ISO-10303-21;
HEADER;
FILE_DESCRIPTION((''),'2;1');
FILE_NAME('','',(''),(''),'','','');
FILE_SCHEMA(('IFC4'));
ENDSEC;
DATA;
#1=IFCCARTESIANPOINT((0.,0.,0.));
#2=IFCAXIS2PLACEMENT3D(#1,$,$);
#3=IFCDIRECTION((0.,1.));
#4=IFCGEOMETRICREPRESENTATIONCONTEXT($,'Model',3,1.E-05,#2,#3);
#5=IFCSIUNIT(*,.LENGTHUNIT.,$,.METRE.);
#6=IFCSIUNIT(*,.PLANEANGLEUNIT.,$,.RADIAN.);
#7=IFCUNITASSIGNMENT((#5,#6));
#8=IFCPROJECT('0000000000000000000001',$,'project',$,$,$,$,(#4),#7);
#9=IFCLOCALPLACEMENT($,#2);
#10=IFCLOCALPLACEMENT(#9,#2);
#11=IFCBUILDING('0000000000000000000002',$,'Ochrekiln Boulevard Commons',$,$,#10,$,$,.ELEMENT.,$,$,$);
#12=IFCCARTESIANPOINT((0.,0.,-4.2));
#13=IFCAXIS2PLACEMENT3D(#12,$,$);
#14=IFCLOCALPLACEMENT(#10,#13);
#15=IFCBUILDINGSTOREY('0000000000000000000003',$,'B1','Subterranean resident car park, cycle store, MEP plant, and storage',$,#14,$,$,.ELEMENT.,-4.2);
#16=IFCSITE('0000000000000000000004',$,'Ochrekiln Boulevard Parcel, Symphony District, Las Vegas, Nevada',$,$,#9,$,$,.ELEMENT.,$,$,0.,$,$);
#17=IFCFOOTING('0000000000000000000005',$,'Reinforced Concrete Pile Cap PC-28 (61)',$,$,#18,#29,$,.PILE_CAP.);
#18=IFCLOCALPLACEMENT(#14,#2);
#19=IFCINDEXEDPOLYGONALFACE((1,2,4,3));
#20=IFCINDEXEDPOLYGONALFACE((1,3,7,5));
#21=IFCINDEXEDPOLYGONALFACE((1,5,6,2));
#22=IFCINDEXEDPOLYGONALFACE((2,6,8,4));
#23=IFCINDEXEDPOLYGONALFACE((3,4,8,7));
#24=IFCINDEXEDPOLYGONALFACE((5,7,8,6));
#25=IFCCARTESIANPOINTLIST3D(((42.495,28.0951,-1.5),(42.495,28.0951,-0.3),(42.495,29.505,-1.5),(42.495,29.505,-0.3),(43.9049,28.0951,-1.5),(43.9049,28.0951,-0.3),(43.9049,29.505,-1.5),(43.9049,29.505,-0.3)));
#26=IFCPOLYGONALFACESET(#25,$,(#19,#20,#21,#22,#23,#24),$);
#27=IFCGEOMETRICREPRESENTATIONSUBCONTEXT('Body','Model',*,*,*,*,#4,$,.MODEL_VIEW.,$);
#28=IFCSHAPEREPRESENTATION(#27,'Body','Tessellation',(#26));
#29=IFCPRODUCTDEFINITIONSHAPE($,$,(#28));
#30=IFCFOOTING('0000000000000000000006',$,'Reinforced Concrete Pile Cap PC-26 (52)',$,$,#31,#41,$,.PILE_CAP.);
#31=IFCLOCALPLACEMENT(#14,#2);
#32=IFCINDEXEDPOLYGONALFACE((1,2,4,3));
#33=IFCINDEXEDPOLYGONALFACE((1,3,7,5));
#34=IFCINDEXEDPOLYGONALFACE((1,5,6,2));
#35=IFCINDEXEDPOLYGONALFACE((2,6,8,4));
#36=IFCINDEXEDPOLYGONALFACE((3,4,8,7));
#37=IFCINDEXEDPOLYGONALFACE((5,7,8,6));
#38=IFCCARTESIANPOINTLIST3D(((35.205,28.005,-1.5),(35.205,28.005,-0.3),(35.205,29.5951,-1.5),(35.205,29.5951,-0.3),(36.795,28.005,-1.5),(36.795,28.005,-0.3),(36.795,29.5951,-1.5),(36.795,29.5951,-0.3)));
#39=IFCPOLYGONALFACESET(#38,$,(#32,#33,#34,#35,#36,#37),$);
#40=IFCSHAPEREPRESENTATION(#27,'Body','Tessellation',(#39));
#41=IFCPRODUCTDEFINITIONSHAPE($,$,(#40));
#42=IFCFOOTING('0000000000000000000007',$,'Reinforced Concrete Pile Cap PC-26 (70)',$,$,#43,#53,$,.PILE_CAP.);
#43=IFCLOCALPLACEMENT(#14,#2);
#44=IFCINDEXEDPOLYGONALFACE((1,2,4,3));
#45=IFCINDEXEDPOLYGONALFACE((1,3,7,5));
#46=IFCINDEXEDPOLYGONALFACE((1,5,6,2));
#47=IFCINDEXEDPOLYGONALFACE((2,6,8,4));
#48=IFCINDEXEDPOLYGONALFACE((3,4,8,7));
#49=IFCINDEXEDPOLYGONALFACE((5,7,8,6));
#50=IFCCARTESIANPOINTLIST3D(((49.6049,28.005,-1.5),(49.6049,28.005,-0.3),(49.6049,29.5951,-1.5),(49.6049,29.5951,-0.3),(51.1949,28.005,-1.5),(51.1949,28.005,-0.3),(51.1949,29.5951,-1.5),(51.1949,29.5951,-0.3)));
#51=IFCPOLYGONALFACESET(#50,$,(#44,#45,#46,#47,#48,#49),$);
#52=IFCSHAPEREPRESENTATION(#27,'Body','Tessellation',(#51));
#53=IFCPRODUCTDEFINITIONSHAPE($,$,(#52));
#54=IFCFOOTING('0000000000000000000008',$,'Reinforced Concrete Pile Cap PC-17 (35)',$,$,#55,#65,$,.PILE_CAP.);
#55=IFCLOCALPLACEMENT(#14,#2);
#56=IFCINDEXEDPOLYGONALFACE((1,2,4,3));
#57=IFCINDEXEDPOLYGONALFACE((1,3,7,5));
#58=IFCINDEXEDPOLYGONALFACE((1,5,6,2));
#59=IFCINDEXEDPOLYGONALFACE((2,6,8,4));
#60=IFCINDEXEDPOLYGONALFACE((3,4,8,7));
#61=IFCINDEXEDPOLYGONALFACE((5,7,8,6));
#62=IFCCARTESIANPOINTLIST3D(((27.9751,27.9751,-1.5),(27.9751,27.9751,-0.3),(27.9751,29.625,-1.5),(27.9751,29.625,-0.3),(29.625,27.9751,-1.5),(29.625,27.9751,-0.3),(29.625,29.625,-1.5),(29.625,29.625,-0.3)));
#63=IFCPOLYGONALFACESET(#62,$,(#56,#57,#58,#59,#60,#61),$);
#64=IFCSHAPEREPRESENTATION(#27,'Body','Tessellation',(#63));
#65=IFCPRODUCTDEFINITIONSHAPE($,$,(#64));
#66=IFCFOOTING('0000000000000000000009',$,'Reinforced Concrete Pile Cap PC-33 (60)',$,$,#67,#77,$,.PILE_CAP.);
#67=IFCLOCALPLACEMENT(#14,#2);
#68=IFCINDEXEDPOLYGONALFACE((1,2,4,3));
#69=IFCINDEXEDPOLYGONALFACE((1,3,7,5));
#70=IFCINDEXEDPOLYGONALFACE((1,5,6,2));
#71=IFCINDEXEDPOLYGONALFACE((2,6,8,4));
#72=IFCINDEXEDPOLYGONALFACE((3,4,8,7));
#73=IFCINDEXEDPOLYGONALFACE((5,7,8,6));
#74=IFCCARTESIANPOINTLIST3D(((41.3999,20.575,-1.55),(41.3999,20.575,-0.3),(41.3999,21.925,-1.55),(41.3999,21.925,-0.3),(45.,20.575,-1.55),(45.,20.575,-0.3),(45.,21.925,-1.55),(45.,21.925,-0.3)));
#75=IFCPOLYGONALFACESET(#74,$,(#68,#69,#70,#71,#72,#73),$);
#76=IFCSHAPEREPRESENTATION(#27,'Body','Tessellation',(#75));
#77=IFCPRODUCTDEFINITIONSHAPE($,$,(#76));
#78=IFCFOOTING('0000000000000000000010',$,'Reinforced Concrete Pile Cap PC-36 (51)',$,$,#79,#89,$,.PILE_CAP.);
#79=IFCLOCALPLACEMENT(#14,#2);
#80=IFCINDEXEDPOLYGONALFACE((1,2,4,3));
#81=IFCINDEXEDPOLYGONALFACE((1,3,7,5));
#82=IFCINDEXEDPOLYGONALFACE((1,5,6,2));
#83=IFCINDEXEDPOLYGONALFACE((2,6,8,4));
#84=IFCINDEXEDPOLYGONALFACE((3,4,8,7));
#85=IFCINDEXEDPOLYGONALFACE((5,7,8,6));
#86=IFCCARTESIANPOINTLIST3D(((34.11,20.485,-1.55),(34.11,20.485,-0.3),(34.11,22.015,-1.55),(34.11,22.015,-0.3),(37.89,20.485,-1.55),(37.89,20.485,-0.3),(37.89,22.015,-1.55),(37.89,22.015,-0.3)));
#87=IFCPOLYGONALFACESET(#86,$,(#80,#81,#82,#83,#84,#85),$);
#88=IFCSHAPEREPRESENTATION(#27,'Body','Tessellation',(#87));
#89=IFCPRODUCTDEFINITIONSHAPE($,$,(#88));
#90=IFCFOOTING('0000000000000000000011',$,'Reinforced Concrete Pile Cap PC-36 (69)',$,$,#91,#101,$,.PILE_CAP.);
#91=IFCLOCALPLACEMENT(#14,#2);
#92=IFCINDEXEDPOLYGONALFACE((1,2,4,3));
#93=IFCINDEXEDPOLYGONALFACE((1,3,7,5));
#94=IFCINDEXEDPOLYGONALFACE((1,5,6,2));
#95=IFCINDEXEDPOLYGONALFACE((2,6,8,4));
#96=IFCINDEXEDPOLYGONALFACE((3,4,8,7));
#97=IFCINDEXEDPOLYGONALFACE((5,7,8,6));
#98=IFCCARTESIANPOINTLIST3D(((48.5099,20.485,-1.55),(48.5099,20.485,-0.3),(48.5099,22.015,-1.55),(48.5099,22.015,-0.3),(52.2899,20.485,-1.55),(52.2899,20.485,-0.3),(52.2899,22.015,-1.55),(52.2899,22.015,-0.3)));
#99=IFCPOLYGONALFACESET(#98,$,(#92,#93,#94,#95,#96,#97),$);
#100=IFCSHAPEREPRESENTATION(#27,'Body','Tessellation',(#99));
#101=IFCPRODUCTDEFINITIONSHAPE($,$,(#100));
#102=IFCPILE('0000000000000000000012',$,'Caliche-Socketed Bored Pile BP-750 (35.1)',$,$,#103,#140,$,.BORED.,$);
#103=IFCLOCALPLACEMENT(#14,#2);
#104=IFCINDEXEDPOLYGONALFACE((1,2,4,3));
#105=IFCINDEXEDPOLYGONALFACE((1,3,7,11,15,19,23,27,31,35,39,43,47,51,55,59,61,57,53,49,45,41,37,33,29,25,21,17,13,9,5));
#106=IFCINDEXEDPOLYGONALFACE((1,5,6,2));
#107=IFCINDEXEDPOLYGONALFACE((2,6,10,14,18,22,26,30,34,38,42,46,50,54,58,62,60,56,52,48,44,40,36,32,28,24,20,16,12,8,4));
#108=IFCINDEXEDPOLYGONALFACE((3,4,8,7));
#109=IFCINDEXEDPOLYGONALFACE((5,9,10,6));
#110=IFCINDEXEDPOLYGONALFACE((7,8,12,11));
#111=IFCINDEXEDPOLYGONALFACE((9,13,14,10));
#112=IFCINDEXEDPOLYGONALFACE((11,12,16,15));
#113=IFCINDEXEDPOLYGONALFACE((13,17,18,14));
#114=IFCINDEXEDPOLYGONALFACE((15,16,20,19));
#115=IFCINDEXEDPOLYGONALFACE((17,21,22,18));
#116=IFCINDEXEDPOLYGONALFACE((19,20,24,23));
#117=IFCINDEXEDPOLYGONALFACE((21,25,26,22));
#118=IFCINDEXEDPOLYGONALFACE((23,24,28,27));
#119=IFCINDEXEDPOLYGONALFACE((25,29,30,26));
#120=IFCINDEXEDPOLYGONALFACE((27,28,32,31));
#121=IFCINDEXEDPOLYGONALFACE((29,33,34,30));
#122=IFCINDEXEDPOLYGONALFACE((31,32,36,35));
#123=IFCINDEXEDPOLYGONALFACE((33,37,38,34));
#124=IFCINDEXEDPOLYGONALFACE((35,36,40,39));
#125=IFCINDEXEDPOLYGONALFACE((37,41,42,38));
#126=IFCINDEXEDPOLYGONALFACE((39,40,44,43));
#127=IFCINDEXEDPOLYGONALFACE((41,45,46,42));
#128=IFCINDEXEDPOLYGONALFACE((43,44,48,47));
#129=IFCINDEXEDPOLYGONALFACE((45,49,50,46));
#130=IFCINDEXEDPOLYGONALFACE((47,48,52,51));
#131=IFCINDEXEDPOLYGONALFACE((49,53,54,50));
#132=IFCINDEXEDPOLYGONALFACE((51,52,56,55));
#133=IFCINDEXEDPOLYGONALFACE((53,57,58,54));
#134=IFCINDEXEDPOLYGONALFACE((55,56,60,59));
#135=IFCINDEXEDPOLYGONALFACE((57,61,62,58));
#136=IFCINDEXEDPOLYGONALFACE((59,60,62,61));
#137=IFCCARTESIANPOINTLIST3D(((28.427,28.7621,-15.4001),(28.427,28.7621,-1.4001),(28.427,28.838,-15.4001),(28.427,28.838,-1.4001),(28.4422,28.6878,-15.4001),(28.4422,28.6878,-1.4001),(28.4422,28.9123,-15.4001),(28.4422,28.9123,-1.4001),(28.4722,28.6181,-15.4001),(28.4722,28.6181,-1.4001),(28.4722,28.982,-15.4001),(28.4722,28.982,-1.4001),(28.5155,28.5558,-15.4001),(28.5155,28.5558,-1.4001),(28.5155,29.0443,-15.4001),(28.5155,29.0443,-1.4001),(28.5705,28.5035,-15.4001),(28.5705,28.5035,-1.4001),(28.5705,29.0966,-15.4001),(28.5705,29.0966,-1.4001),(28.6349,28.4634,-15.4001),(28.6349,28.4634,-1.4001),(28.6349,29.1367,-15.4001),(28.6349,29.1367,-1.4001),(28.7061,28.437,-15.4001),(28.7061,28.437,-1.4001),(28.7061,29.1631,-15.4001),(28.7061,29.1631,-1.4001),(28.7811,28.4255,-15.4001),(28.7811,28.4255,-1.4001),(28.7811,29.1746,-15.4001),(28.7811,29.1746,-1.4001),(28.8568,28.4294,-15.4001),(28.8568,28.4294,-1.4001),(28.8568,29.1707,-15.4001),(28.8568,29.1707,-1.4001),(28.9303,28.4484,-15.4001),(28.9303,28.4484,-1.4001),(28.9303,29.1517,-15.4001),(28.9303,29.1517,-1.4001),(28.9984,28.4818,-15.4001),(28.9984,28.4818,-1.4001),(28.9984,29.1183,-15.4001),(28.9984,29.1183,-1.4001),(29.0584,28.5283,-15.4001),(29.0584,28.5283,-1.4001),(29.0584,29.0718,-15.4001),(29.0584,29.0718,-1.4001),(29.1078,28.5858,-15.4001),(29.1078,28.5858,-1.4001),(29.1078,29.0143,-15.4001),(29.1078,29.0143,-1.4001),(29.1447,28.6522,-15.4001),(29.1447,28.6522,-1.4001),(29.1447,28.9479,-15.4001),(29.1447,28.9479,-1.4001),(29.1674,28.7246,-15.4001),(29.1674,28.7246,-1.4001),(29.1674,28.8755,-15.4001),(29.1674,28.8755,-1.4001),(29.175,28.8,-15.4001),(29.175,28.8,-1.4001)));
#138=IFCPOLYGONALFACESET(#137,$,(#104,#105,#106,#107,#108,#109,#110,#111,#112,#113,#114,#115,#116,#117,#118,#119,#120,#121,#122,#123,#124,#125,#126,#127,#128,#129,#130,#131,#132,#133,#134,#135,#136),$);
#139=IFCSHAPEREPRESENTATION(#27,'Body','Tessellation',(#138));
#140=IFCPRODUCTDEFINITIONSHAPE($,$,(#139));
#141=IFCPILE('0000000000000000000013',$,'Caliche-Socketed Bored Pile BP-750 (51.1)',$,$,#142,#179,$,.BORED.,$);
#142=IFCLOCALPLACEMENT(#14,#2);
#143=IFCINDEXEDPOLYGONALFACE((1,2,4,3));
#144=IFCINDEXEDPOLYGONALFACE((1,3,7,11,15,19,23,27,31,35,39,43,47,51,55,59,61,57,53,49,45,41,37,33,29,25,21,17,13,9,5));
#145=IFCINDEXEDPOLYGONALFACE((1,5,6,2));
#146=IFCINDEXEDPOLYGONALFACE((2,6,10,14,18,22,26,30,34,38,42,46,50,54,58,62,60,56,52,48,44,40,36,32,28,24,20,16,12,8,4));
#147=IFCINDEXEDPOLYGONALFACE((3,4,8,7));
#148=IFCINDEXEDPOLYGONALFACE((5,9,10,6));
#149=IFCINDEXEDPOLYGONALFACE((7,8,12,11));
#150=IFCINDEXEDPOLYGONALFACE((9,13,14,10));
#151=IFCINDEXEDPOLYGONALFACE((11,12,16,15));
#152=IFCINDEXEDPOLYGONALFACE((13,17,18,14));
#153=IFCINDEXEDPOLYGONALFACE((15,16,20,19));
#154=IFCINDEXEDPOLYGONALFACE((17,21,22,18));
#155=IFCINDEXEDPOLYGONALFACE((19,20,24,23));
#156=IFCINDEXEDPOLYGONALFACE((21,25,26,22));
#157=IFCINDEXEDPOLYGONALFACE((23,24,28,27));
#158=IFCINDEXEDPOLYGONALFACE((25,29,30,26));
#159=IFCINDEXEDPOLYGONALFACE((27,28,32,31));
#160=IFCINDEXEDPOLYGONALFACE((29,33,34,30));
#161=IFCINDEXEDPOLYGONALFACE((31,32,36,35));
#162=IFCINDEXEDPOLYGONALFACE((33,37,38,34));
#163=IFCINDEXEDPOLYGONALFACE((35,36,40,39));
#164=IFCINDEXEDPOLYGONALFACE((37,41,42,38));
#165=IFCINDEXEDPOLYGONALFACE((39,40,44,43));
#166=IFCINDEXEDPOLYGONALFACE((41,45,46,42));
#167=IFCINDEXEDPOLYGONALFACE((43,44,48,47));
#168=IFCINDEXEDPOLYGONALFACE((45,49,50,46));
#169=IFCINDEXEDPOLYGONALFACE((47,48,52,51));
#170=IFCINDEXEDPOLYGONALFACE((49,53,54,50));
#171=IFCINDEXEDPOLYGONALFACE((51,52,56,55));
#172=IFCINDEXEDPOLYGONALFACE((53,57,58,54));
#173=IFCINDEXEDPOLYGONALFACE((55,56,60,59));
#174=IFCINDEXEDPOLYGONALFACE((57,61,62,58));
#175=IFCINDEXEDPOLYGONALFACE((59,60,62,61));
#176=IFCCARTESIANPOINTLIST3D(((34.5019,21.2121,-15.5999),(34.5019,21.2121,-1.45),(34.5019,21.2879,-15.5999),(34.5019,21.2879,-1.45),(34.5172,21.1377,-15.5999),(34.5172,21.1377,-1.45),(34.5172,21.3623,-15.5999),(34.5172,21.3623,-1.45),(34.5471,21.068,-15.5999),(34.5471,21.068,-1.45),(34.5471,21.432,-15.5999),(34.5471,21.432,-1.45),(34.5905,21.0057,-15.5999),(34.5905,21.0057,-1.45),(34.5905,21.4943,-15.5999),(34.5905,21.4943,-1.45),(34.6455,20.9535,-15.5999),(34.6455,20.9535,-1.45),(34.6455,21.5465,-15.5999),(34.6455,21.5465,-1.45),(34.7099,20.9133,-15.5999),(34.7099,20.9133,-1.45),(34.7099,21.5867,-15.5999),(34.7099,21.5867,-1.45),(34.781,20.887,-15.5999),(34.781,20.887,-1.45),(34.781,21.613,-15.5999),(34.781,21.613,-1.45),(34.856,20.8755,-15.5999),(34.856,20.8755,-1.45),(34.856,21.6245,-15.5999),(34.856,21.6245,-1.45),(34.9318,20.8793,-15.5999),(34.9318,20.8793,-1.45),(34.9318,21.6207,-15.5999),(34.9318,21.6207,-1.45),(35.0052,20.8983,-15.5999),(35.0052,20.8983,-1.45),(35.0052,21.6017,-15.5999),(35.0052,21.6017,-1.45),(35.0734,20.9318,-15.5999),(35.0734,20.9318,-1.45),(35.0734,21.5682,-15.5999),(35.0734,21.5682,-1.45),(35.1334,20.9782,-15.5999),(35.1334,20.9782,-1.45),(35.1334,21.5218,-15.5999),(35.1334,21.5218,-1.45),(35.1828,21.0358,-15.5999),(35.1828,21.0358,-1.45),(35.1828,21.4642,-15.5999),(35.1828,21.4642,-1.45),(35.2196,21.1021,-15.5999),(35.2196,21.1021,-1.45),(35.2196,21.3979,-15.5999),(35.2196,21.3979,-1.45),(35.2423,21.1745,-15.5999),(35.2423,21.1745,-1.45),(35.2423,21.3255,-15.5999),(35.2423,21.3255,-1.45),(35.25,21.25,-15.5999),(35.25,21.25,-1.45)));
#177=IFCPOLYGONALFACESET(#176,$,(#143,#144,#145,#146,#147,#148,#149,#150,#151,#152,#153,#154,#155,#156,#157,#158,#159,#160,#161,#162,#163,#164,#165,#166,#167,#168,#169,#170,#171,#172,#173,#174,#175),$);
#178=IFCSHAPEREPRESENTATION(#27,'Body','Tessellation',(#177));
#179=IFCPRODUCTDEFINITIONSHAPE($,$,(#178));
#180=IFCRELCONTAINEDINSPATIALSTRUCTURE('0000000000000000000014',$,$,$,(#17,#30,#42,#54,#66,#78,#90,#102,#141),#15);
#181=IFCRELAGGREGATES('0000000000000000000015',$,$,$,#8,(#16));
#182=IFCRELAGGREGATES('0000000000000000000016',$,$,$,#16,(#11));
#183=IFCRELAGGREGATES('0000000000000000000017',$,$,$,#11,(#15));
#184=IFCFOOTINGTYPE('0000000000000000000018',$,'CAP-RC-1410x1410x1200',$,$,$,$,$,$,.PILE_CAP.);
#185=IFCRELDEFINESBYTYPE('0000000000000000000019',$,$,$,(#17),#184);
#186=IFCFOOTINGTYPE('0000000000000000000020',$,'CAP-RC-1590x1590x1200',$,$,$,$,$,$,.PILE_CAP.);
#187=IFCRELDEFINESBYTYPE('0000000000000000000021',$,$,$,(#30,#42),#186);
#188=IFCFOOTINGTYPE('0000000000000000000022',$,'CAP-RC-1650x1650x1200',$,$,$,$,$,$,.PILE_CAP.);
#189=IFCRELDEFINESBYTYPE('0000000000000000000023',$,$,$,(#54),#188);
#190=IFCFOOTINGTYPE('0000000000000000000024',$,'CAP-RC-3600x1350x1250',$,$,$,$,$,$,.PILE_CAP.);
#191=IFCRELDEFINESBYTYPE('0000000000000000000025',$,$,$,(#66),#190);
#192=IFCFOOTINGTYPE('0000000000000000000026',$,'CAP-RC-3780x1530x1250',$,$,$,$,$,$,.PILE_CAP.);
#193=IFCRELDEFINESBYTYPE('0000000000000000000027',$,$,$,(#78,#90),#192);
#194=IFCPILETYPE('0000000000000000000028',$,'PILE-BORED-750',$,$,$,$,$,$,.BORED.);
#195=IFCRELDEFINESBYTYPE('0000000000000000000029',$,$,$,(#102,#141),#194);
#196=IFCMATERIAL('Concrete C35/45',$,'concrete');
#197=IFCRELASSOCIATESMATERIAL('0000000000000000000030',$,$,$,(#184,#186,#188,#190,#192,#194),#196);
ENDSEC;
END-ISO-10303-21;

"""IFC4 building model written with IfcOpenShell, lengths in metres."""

from ifc_helpers import new_model, si_unit, direction, frame, origin, origin_2d, place, context, subcontext, project, spatial, rectangle, circle, extrude, material, material_profile, profile_set, type_object, element, save


model = new_model("IFC4")

# Units and contexts
model_context = context("Model", 3, precision=1e-05, world=origin(), true_north=direction((0.0, 1.0)))
body_context = subcontext(model_context, "Body", "Model", "MODEL_VIEW")
ifc_project = project(units=[si_unit("LENGTHUNIT", "METRE"), si_unit("PLANEANGLEUNIT", "RADIAN")], contexts=[model_context])

# Site, building, storey
site_placement = place(None, origin())
site = spatial("IfcSite", under=ifc_project, at=site_placement, Name="Ochrekiln Boulevard Parcel, Symphony District, Las Vegas, Nevada", CompositionType="ELEMENT", RefElevation=0.0)
building_placement = place(site_placement, origin())
building = spatial("IfcBuilding", under=site, at=building_placement, Name="Ochrekiln Boulevard Commons", CompositionType="ELEMENT")
storey_placement = place(building_placement, frame((0.0, 0.0, -4.2)))
storey = spatial("IfcBuildingStorey", under=building, at=storey_placement, Name="B1", Description="Subterranean resident car park, cycle store, MEP plant, and storage", CompositionType="ELEMENT", Elevation=-4.2)

# Footings
ifc_material_1 = material(Name="Concrete C35/45", Category="concrete")
footing_type_1 = type_object("IfcFootingType", Name="CAP-RC-1410x1410x1200", PredefinedType="PILE_CAP", material=ifc_material_1)
footing_1_placement = place(storey_placement, frame((43.2, 28.8, -1.5), z_axis=(0.0, 0.0, 1.0), x_axis=(1.0, 0.0, 0.0)))
element("IfcFooting", 1, at=footing_1_placement, inside=storey, type_object=footing_type_1, Name="Reinforced Concrete Pile Cap PC-28 (61)", PredefinedType="PILE_CAP", context=body_context, shape_type="SweptSolid", body=[
    extrude(rectangle(XDim=1.4099, YDim=1.4099, at=origin_2d()), origin(), (0.0, 0.0, 1.0), 1.2),
])
footing_type_2 = type_object("IfcFootingType", Name="CAP-RC-1590x1590x1200", PredefinedType="PILE_CAP", material=ifc_material_1)
for number, where, z_axis, x_axis, name in (
    (2, (36.0, 28.8, -1.5), (0.0, 0.0, 1.0), (1.0, 0.0, 0.0), "Reinforced Concrete Pile Cap PC-26 (52)"),
    (3, (50.3999, 28.8, -1.5), (0.0, 0.0, 1.0), (1.0, 0.0, 0.0), "Reinforced Concrete Pile Cap PC-26 (70)"),
):
    element("IfcFooting", number, at=place(storey_placement, frame(where, z_axis=z_axis, x_axis=x_axis)), inside=storey, type_object=footing_type_2, Name=name, PredefinedType="PILE_CAP", context=body_context, shape_type="SweptSolid", body=[
        extrude(rectangle(XDim=1.5901, YDim=1.5901, at=origin_2d()), origin(), (0.0, 0.0, 1.0), 1.2),
    ])
footing_type_3 = type_object("IfcFootingType", Name="CAP-RC-1650x1650x1200", PredefinedType="PILE_CAP", material=ifc_material_1)
footing_2_placement = place(storey_placement, frame((28.8, 28.8, -1.5), z_axis=(0.0, 0.0, 1.0), x_axis=(1.0, 0.0, 0.0)))
element("IfcFooting", 4, at=footing_2_placement, inside=storey, type_object=footing_type_3, Name="Reinforced Concrete Pile Cap PC-17 (35)", PredefinedType="PILE_CAP", context=body_context, shape_type="SweptSolid", body=[
    extrude(rectangle(XDim=1.6499, YDim=1.6499, at=origin_2d()), origin(), (0.0, 0.0, 1.0), 1.2),
])
footing_type_4 = type_object("IfcFootingType", Name="CAP-RC-3600x1350x1250", PredefinedType="PILE_CAP", material=ifc_material_1)
footing_3_placement = place(storey_placement, frame((43.2, 21.25, -1.55), z_axis=(0.0, 0.0, 1.0), x_axis=(1.0, 0.0, 0.0)))
element("IfcFooting", 5, at=footing_3_placement, inside=storey, type_object=footing_type_4, Name="Reinforced Concrete Pile Cap PC-33 (60)", PredefinedType="PILE_CAP", context=body_context, shape_type="SweptSolid", body=[
    extrude(rectangle(XDim=3.6001, YDim=1.3501, at=origin_2d()), origin(), (0.0, 0.0, 1.0), 1.25),
])
footing_type_5 = type_object("IfcFootingType", Name="CAP-RC-3780x1530x1250", PredefinedType="PILE_CAP", material=ifc_material_1)
for number, where, z_axis, x_axis, name in (
    (6, (36.0, 21.25, -1.55), (0.0, 0.0, 1.0), (1.0, 0.0, 0.0), "Reinforced Concrete Pile Cap PC-36 (51)"),
    (7, (50.3999, 21.25, -1.55), (0.0, 0.0, 1.0), (1.0, 0.0, 0.0), "Reinforced Concrete Pile Cap PC-36 (69)"),
):
    element("IfcFooting", number, at=place(storey_placement, frame(where, z_axis=z_axis, x_axis=x_axis)), inside=storey, type_object=footing_type_5, Name=name, PredefinedType="PILE_CAP", context=body_context, shape_type="SweptSolid", body=[
        extrude(rectangle(XDim=3.78, YDim=1.53, at=origin_2d()), origin(), (0.0, 0.0, 1.0), 1.25),
    ])

# Piles
ifc_material_profile_1 = material_profile(ifc_material_1, circle(Radius=0.375, at=origin_2d()), Name="PILE-D750")
ifc_profile_set_1 = profile_set([ifc_material_profile_1], Name="Concrete C35/45")
pile_type = type_object("IfcPileType", Name="PILE-BORED-750", PredefinedType="BORED", material=ifc_profile_set_1)
pile_1_placement = place(storey_placement, frame((28.8, 28.8, -1.4001), z_axis=(0.0, 0.0, -1.0), x_axis=(1.0, 0.0, 0.0)))
element("IfcPile", 8, at=pile_1_placement, inside=storey, type_object=pile_type, Name="Caliche-Socketed Bored Pile BP-750 (35.1)", PredefinedType="BORED", context=body_context, shape_type="SweptSolid", body=[
    extrude(circle(Radius=0.375, at=origin_2d()), origin(), (0.0, 0.0, 1.0), 14.0),
])
for number, where, z_axis, x_axis, name in (
    (9, (34.875, 21.25, -1.45), (0.0, 0.0, -1.0), (1.0, 0.0, 0.0), "Caliche-Socketed Bored Pile BP-750 (51.1)"),
):
    element("IfcPile", number, at=place(storey_placement, frame(where, z_axis=z_axis, x_axis=x_axis)), inside=storey, type_object=pile_type, Name=name, PredefinedType="BORED", context=body_context, shape_type="SweptSolid", body=[
        extrude(circle(Radius=0.375, at=origin_2d()), origin(), (0.0, 0.0, 1.0), 14.1499),
    ])

save(model, "model.ifc")
